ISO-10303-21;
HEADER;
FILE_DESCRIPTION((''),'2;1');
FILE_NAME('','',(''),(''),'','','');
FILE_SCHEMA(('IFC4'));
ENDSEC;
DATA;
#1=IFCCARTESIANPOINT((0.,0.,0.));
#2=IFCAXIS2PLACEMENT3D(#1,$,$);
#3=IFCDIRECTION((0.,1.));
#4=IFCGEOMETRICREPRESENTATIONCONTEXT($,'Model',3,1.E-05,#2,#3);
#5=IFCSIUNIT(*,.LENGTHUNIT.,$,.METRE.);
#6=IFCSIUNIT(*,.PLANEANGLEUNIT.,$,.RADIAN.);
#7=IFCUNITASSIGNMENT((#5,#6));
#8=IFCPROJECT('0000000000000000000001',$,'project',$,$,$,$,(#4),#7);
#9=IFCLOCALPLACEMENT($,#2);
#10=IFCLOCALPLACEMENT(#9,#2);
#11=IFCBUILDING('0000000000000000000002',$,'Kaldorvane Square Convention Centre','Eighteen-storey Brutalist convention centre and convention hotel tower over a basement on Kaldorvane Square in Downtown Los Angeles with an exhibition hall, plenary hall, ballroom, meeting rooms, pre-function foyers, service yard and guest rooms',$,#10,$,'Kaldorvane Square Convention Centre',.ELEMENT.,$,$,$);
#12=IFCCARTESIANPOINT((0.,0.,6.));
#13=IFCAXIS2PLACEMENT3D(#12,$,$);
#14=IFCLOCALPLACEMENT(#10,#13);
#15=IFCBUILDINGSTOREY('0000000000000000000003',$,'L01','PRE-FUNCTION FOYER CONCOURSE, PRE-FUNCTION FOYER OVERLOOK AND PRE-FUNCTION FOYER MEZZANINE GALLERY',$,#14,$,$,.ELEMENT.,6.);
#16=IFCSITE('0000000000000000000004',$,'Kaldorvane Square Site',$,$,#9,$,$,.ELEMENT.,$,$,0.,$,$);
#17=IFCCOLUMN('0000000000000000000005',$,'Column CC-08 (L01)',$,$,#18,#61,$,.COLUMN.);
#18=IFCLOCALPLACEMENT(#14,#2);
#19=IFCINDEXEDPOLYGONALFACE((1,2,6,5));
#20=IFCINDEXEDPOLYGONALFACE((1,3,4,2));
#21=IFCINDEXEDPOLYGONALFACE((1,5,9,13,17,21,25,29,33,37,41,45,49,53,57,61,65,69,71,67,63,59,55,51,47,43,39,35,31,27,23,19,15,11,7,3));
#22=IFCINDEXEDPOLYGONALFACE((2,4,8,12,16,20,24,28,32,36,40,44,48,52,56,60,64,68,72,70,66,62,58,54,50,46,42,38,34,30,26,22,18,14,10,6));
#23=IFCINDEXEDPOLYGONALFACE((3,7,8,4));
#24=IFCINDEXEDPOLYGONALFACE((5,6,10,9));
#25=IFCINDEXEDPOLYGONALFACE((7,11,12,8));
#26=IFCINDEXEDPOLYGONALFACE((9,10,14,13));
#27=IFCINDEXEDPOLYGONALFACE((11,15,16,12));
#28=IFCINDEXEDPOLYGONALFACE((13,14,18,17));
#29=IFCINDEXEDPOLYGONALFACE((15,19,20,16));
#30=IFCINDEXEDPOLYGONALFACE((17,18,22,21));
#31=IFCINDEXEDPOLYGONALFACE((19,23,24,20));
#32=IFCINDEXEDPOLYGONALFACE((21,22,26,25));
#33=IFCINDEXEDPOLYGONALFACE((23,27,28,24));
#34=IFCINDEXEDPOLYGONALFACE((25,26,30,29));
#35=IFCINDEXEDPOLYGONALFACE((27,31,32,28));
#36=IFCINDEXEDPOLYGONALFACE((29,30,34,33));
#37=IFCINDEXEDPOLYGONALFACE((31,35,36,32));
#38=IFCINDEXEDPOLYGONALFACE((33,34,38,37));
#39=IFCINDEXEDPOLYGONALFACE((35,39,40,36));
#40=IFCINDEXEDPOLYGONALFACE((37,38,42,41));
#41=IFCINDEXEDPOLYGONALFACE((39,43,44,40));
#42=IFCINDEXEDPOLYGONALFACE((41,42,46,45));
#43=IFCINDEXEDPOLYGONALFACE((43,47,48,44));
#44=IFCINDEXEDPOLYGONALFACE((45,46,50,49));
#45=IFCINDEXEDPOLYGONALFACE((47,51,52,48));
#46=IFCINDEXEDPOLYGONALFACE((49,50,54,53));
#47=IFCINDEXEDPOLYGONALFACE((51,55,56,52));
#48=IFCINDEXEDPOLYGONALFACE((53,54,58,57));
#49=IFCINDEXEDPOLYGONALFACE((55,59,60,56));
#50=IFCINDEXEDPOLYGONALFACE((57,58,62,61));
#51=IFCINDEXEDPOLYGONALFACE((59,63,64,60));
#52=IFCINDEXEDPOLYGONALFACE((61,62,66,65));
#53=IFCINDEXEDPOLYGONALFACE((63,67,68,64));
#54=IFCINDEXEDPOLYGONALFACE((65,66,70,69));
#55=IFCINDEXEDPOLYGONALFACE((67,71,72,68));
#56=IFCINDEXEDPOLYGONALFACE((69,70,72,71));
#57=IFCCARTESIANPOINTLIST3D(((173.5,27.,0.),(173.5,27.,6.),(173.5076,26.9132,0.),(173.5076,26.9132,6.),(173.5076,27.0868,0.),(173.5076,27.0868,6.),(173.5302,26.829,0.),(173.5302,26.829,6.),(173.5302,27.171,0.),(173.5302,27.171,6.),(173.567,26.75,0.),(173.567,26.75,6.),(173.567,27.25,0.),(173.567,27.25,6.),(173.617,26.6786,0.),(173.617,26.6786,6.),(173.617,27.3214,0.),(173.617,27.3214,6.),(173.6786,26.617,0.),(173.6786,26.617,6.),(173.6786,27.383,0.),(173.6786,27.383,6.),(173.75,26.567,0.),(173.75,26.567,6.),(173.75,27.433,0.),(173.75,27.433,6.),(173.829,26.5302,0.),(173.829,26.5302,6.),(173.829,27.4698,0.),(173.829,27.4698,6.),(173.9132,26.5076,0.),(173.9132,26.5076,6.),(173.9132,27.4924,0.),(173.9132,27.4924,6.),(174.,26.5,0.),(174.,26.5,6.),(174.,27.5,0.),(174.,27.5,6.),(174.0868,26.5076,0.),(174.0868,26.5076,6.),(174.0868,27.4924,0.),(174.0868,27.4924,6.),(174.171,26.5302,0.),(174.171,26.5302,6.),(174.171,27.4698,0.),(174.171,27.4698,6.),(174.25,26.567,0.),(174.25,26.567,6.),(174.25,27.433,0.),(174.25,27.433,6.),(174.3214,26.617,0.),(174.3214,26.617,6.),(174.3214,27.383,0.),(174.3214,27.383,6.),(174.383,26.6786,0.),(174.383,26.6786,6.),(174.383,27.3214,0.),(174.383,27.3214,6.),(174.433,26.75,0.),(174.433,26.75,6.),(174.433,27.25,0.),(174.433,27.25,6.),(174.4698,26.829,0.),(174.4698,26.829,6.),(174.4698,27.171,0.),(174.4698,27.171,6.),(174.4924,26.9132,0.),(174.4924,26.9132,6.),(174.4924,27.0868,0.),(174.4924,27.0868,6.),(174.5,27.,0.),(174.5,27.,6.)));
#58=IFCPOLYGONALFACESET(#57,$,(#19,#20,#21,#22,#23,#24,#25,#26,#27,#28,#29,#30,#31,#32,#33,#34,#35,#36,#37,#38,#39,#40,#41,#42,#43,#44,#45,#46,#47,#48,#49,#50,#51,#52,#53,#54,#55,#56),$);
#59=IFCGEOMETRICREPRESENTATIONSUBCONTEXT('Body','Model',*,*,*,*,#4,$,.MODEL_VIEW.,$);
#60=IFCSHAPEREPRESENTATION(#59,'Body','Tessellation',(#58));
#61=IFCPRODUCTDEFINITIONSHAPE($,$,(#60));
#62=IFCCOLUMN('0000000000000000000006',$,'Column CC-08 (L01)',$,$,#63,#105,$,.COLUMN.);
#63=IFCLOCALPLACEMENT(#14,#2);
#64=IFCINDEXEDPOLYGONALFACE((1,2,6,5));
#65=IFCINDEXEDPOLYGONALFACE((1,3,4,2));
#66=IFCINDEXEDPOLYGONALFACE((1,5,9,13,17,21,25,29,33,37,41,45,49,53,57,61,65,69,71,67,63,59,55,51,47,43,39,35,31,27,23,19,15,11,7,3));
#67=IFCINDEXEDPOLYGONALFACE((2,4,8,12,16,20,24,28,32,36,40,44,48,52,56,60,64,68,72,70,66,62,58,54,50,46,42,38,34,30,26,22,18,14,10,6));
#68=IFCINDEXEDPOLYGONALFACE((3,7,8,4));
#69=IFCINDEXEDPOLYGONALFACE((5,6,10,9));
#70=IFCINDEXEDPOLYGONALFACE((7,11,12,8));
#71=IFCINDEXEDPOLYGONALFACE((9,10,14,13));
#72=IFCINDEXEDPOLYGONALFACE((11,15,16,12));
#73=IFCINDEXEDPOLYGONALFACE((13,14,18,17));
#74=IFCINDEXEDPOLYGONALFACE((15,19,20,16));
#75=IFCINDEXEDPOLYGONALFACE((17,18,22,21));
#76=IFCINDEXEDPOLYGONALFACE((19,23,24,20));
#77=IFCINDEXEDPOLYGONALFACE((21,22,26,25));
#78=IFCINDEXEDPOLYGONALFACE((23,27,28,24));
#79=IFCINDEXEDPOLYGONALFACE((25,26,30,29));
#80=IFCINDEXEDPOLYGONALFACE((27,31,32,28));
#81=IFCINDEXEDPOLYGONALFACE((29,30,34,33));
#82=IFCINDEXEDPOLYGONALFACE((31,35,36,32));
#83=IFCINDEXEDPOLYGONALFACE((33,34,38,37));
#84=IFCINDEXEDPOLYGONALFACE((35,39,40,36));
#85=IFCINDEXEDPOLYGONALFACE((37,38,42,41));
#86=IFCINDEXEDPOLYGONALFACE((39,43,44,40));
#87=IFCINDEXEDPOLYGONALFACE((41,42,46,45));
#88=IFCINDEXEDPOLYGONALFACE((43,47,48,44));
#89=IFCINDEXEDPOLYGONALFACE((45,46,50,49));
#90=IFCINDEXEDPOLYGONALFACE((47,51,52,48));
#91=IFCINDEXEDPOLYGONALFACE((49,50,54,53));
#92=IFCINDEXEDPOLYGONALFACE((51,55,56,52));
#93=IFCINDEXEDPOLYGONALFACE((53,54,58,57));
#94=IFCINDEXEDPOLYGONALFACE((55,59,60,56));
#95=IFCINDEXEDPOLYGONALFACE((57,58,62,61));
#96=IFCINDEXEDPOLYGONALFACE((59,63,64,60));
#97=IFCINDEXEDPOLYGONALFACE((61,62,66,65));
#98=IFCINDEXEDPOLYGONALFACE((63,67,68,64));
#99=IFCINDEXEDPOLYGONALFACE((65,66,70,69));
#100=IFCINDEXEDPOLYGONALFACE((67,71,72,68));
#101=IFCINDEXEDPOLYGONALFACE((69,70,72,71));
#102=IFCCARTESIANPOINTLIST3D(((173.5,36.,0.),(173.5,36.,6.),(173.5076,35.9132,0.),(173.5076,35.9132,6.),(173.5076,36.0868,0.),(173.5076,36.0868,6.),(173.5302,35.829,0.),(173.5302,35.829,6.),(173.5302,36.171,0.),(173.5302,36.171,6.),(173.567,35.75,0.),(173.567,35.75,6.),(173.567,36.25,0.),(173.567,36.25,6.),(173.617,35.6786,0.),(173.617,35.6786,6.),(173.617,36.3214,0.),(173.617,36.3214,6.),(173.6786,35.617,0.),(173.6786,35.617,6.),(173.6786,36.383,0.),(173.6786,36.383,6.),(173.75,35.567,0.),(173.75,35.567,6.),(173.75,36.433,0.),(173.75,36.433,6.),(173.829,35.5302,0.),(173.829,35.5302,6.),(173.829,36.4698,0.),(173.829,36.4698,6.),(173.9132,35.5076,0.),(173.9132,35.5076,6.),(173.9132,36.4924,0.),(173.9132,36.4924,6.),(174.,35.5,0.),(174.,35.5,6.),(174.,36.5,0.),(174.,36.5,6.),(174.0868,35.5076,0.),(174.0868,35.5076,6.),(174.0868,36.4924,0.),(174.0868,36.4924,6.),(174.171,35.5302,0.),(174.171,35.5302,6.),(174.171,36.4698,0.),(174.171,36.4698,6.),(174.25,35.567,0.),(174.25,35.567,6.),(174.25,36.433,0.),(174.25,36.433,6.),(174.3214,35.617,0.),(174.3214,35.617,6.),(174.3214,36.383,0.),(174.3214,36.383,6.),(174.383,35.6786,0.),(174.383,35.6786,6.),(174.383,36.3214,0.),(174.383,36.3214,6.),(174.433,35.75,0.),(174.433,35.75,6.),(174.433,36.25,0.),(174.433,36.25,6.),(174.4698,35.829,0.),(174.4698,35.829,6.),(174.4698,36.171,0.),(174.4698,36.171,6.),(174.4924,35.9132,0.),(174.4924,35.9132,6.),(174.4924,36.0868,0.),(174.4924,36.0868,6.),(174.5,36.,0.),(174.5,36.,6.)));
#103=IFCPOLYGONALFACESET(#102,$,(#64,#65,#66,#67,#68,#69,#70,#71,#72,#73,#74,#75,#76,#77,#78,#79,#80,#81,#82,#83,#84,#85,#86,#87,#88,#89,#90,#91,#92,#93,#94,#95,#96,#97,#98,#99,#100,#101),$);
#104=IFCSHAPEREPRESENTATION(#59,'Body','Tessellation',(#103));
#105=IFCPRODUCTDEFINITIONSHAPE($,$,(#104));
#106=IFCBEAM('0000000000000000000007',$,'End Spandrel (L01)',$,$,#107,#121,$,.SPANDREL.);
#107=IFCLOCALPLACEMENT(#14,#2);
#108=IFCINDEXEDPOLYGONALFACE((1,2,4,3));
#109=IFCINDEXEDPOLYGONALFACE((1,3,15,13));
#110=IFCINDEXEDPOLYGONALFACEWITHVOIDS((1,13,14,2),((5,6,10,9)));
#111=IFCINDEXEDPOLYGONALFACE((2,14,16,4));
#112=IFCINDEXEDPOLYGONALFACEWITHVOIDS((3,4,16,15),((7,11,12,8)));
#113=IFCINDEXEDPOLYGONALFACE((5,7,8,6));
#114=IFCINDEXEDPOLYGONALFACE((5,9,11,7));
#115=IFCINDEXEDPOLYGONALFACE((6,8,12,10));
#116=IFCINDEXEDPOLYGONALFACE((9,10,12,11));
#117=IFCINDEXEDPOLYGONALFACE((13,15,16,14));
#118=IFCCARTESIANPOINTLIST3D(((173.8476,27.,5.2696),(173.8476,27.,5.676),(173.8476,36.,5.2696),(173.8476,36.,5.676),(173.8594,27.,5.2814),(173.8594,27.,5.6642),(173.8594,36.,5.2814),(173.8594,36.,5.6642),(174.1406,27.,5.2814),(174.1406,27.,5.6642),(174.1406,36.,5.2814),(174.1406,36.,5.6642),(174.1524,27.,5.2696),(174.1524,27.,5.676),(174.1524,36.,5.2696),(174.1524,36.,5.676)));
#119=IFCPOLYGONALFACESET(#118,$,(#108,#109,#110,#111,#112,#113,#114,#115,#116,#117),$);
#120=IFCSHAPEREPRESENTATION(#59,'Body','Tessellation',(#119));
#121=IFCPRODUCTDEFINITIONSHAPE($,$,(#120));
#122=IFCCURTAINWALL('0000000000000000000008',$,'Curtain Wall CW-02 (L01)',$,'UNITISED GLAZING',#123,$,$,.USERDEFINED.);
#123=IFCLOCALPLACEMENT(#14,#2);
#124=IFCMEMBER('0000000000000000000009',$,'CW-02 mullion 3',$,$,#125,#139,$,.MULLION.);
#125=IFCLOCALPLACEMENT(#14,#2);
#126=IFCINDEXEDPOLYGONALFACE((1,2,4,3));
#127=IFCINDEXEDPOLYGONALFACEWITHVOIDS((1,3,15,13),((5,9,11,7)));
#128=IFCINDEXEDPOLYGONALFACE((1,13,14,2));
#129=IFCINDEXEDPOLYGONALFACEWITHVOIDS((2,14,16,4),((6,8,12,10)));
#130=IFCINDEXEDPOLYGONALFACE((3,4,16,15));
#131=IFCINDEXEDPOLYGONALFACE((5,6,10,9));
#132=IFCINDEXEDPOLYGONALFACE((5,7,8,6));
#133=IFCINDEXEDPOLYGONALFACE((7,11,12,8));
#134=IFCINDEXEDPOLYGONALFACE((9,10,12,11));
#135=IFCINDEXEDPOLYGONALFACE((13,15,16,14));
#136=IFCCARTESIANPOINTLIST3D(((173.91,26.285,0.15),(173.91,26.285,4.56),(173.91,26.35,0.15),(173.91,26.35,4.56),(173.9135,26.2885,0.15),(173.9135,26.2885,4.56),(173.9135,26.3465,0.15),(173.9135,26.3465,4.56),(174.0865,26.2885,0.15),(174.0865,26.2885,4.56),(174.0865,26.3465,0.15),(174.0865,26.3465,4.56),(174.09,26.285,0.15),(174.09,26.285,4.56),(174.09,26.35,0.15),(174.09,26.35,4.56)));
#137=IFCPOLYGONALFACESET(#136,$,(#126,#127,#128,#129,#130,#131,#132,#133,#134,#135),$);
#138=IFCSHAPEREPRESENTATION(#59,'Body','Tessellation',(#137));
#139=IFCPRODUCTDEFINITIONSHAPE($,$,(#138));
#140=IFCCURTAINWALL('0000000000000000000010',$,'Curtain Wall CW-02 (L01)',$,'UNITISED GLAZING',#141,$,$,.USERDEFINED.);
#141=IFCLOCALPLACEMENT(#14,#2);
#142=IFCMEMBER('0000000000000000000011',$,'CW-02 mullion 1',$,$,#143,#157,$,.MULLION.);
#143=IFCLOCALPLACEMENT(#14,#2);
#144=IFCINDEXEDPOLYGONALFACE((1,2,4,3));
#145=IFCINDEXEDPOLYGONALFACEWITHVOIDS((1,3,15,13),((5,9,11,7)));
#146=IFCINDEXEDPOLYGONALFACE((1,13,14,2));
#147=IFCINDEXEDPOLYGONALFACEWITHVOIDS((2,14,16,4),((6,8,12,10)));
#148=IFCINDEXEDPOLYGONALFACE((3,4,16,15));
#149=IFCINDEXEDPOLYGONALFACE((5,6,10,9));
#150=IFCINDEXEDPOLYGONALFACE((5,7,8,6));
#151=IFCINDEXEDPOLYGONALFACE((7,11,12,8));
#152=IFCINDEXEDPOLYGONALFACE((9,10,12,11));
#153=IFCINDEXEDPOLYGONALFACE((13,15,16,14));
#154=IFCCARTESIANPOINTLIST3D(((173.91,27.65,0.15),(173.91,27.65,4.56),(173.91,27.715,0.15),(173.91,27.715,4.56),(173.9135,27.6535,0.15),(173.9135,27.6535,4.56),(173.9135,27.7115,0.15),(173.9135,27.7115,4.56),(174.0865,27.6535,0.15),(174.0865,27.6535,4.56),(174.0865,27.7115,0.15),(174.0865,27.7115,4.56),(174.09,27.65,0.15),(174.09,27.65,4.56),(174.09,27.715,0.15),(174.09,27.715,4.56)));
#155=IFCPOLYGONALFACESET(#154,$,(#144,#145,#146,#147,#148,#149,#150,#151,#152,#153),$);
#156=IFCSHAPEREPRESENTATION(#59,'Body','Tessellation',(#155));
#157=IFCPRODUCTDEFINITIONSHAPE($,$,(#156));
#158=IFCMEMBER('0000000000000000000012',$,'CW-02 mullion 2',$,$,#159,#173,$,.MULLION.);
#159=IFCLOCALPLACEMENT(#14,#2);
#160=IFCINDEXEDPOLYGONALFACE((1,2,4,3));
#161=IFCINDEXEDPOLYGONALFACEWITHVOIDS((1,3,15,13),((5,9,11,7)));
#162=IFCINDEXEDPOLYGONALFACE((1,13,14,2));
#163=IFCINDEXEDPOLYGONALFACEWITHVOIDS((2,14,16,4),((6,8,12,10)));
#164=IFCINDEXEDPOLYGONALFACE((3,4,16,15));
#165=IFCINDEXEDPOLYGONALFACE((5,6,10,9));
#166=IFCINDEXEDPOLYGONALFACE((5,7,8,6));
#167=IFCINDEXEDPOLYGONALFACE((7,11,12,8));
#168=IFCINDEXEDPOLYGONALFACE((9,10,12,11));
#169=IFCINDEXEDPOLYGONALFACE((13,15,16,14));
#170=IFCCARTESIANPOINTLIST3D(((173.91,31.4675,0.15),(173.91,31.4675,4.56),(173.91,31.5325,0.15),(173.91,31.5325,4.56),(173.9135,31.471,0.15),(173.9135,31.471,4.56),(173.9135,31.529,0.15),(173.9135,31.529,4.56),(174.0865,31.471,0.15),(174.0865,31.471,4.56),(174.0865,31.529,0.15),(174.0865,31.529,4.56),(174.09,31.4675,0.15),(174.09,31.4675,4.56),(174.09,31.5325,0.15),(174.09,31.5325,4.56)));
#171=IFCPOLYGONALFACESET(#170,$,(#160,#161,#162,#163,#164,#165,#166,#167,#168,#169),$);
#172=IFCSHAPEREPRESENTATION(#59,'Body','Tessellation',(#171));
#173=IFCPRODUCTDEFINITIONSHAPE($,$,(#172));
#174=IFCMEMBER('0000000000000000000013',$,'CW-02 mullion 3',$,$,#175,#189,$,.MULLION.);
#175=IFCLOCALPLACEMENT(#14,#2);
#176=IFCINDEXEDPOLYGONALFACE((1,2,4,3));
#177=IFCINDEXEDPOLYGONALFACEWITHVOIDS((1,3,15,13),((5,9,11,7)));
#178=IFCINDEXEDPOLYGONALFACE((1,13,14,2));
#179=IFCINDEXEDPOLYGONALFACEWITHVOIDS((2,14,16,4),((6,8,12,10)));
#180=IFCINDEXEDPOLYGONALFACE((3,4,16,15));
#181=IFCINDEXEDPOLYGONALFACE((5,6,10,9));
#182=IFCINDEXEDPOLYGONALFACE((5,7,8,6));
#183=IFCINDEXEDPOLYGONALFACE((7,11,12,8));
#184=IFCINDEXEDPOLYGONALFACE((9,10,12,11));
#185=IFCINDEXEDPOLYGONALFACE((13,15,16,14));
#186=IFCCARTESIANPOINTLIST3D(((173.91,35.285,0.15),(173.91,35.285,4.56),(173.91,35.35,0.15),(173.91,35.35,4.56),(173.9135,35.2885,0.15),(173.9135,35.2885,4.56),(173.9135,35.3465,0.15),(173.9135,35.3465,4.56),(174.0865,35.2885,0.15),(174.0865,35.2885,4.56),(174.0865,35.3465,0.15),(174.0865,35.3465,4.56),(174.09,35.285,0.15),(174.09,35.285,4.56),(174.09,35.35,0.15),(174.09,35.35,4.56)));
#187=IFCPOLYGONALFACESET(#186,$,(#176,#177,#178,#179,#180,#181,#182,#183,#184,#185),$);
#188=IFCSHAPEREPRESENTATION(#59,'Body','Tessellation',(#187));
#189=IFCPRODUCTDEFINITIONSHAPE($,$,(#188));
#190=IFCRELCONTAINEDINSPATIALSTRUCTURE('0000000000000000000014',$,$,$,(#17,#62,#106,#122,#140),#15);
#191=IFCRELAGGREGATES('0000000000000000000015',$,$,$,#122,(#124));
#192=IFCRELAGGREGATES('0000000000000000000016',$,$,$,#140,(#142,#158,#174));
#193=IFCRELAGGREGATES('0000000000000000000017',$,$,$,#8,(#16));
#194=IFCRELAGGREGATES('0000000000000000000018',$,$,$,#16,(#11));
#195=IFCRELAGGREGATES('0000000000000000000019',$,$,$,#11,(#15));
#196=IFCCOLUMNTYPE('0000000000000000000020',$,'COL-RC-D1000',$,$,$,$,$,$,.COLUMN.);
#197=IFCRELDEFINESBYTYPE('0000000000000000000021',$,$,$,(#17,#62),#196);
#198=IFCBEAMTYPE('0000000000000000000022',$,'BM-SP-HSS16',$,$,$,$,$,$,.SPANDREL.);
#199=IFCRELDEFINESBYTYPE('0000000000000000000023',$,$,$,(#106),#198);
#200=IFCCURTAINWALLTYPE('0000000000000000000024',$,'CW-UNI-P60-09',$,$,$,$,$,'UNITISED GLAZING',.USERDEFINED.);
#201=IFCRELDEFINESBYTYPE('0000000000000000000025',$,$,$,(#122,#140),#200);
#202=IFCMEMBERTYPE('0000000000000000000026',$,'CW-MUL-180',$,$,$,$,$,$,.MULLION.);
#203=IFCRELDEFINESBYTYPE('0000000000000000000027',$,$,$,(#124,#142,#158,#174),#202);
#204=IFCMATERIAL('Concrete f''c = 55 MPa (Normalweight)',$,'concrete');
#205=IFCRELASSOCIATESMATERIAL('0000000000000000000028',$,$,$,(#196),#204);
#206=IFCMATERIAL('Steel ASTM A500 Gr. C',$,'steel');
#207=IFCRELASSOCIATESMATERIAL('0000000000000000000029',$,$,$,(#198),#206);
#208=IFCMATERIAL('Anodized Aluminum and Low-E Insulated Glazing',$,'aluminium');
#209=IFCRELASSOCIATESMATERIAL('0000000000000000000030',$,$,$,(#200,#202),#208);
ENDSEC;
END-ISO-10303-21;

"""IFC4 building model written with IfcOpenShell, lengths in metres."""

from ifc_helpers import new_model, si_unit, direction, frame, origin, origin_2d, place, context, subcontext, project, spatial, hollow_rectangle, circle, extrude, material, material_profile, profile_set, type_object, element, aggregate, save


model = new_model("IFC4")

# Units and contexts
model_context = context("Model", 3, precision=1e-05, world=origin(), true_north=direction((0.0, 1.0)))
body_context = subcontext(model_context, "Body", "Model", "MODEL_VIEW")
ifc_project = project(units=[si_unit("LENGTHUNIT", "METRE"), si_unit("PLANEANGLEUNIT", "RADIAN")], contexts=[model_context])

# Site, building, storey
site_placement = place(None, origin())
site = spatial("IfcSite", under=ifc_project, at=site_placement, Name="Kaldorvane Square Site", CompositionType="ELEMENT", RefElevation=0.0)
building_placement = place(site_placement, origin())
building = spatial("IfcBuilding", under=site, at=building_placement, Name="Kaldorvane Square Convention Centre", Description="Eighteen-storey Brutalist convention centre and convention hotel tower over a basement on Kaldorvane Square in Downtown Los Angeles with an exhibition hall, plenary hall, ballroom, meeting rooms, pre-function foyers, service yard and guest rooms", LongName="Kaldorvane Square Convention Centre", CompositionType="ELEMENT")
storey_placement = place(building_placement, frame((0.0, 0.0, 6.0)))
storey = spatial("IfcBuildingStorey", under=building, at=storey_placement, Name="L01", Description="PRE-FUNCTION FOYER CONCOURSE, PRE-FUNCTION FOYER OVERLOOK AND PRE-FUNCTION FOYER MEZZANINE GALLERY", CompositionType="ELEMENT", Elevation=6.0)

# Columns
ifc_material_1 = material(Name="Concrete f'c = 55 MPa (Normalweight)", Category="concrete")
ifc_material_profile_1 = material_profile(ifc_material_1, circle(Radius=0.5, at=origin_2d()), Name="RC-D1000")
ifc_profile_set_1 = profile_set([ifc_material_profile_1], Name="Concrete f'c = 55 MPa (Normalweight)")
column_type = type_object("IfcColumnType", Name="COL-RC-D1000", PredefinedType="COLUMN", material=ifc_profile_set_1)
for number, where, z_axis, x_axis, name in (
    (1, (174.0, 27.0, 0.0), (0.0, 0.0, 1.0), (1.0, 0.0, 0.0), "Column CC-08 (L01)"),
    (2, (174.0, 36.0, 0.0), (0.0, 0.0, 1.0), (1.0, 0.0, 0.0), "Column CC-08 (L01)"),
):
    element("IfcColumn", number, at=place(storey_placement, frame(where, z_axis=z_axis, x_axis=x_axis)), inside=storey, type_object=column_type, Name=name, PredefinedType="COLUMN", context=body_context, shape_type="SweptSolid", body=[
        extrude(circle(Radius=0.5, at=origin_2d()), origin(), (0.0, 0.0, 1.0), 6.0),
    ])

# Beam
ifc_material_2 = material(Name="Steel ASTM A500 Gr. C", Category="steel")
ifc_material_profile_2 = material_profile(ifc_material_2, hollow_rectangle(XDim=0.3048, YDim=0.4064, WallThickness=0.0118, at=origin_2d()), Name="HSS16X12X1/2")
ifc_profile_set_2 = profile_set([ifc_material_profile_2], Name="Steel ASTM A500 Gr. C")
beam_type = type_object("IfcBeamType", Name="BM-SP-HSS16", PredefinedType="SPANDREL", material=ifc_profile_set_2)
beam_placement = place(storey_placement, frame((174.0, 27.0, 5.4728), z_axis=(0.0, 1.0, 0.0), x_axis=(-1.0, 0.0, 0.0)))
element("IfcBeam", 3, at=beam_placement, inside=storey, type_object=beam_type, Name="End Spandrel (L01)", PredefinedType="SPANDREL", context=body_context, shape_type="SweptSolid", body=[
    extrude(hollow_rectangle(XDim=0.3048, YDim=0.4064, WallThickness=0.0118, at=origin_2d()), origin(), (0.0, 0.0, 1.0), 9.0),
])

# Curtain wall, member
ifc_material_3 = material(Name="Anodized Aluminum and Low-E Insulated Glazing", Category="aluminium")
curtain_wall_type_1 = type_object("IfcCurtainWallType", Name="CW-UNI-P60-09", ElementType="UNITISED GLAZING", PredefinedType="USERDEFINED", material=ifc_material_3)
curtain_wall_1_placement = place(storey_placement, origin())
curtain_wall_1 = element("IfcCurtainWall", 4, at=curtain_wall_1_placement, inside=storey, type_object=curtain_wall_type_1, Name="Curtain Wall CW-02 (L01)", ObjectType="UNITISED GLAZING", PredefinedType="USERDEFINED")
ifc_material_profile_3 = material_profile(ifc_material_3, hollow_rectangle(XDim=0.065, YDim=0.18, WallThickness=0.0035, at=origin_2d()), Name="CWM-180X65")
ifc_profile_set_3 = profile_set([ifc_material_profile_3], Name="Anodized Aluminum and Low-E Insulated Glazing")
member_type_1 = type_object("IfcMemberType", Name="CW-MUL-180", PredefinedType="MULLION", material=ifc_profile_set_3)
member_1_placement = place(storey_placement, frame((174.0, 26.3175, 0.15), z_axis=(0.0, 0.0, 1.0), x_axis=(0.0, 1.0, 0.0)))
member_1 = element("IfcMember", 5, at=member_1_placement, type_object=member_type_1, Name="CW-02 mullion 3", PredefinedType="MULLION", context=body_context, shape_type="SweptSolid", body=[
    extrude(hollow_rectangle(XDim=0.065, YDim=0.18, WallThickness=0.0035, at=origin_2d()), origin(), (0.0, 0.0, 1.0), 4.41),
])

# Curtain wall, members
curtain_wall_2_placement = place(storey_placement, origin())
curtain_wall_2 = element("IfcCurtainWall", 6, at=curtain_wall_2_placement, inside=storey, type_object=curtain_wall_type_1, Name="Curtain Wall CW-02 (L01)", ObjectType="UNITISED GLAZING", PredefinedType="USERDEFINED")
member_2_placement = place(storey_placement, frame((174.0, 27.6825, 0.15), z_axis=(0.0, 0.0, 1.0), x_axis=(0.0, 1.0, 0.0)))
member_2 = element("IfcMember", 7, at=member_2_placement, type_object=member_type_1, Name="CW-02 mullion 1", PredefinedType="MULLION", context=body_context, shape_type="SweptSolid", body=[
    extrude(hollow_rectangle(XDim=0.065, YDim=0.18, WallThickness=0.0035, at=origin_2d()), origin(), (0.0, 0.0, 1.0), 4.41),
])
member_3_placement = place(storey_placement, frame((174.0, 31.5, 0.15), z_axis=(0.0, 0.0, 1.0), x_axis=(0.0, 1.0, 0.0)))
member_3 = element("IfcMember", 8, at=member_3_placement, type_object=member_type_1, Name="CW-02 mullion 2", PredefinedType="MULLION", context=body_context, shape_type="SweptSolid", body=[
    extrude(hollow_rectangle(XDim=0.065, YDim=0.18, WallThickness=0.0035, at=origin_2d()), origin(), (0.0, 0.0, 1.0), 4.41),
])
member_4_placement = place(storey_placement, frame((174.0, 35.3175, 0.15), z_axis=(0.0, 0.0, 1.0), x_axis=(0.0, 1.0, 0.0)))
member_4 = element("IfcMember", 9, at=member_4_placement, type_object=member_type_1, Name="CW-02 mullion 3", PredefinedType="MULLION", context=body_context, shape_type="SweptSolid", body=[
    extrude(hollow_rectangle(XDim=0.065, YDim=0.18, WallThickness=0.0035, at=origin_2d()), origin(), (0.0, 0.0, 1.0), 4.41),
])

aggregate(curtain_wall_1, [member_1])
aggregate(curtain_wall_2, [member_2, member_3, member_4])

save(model, "model.ifc")
